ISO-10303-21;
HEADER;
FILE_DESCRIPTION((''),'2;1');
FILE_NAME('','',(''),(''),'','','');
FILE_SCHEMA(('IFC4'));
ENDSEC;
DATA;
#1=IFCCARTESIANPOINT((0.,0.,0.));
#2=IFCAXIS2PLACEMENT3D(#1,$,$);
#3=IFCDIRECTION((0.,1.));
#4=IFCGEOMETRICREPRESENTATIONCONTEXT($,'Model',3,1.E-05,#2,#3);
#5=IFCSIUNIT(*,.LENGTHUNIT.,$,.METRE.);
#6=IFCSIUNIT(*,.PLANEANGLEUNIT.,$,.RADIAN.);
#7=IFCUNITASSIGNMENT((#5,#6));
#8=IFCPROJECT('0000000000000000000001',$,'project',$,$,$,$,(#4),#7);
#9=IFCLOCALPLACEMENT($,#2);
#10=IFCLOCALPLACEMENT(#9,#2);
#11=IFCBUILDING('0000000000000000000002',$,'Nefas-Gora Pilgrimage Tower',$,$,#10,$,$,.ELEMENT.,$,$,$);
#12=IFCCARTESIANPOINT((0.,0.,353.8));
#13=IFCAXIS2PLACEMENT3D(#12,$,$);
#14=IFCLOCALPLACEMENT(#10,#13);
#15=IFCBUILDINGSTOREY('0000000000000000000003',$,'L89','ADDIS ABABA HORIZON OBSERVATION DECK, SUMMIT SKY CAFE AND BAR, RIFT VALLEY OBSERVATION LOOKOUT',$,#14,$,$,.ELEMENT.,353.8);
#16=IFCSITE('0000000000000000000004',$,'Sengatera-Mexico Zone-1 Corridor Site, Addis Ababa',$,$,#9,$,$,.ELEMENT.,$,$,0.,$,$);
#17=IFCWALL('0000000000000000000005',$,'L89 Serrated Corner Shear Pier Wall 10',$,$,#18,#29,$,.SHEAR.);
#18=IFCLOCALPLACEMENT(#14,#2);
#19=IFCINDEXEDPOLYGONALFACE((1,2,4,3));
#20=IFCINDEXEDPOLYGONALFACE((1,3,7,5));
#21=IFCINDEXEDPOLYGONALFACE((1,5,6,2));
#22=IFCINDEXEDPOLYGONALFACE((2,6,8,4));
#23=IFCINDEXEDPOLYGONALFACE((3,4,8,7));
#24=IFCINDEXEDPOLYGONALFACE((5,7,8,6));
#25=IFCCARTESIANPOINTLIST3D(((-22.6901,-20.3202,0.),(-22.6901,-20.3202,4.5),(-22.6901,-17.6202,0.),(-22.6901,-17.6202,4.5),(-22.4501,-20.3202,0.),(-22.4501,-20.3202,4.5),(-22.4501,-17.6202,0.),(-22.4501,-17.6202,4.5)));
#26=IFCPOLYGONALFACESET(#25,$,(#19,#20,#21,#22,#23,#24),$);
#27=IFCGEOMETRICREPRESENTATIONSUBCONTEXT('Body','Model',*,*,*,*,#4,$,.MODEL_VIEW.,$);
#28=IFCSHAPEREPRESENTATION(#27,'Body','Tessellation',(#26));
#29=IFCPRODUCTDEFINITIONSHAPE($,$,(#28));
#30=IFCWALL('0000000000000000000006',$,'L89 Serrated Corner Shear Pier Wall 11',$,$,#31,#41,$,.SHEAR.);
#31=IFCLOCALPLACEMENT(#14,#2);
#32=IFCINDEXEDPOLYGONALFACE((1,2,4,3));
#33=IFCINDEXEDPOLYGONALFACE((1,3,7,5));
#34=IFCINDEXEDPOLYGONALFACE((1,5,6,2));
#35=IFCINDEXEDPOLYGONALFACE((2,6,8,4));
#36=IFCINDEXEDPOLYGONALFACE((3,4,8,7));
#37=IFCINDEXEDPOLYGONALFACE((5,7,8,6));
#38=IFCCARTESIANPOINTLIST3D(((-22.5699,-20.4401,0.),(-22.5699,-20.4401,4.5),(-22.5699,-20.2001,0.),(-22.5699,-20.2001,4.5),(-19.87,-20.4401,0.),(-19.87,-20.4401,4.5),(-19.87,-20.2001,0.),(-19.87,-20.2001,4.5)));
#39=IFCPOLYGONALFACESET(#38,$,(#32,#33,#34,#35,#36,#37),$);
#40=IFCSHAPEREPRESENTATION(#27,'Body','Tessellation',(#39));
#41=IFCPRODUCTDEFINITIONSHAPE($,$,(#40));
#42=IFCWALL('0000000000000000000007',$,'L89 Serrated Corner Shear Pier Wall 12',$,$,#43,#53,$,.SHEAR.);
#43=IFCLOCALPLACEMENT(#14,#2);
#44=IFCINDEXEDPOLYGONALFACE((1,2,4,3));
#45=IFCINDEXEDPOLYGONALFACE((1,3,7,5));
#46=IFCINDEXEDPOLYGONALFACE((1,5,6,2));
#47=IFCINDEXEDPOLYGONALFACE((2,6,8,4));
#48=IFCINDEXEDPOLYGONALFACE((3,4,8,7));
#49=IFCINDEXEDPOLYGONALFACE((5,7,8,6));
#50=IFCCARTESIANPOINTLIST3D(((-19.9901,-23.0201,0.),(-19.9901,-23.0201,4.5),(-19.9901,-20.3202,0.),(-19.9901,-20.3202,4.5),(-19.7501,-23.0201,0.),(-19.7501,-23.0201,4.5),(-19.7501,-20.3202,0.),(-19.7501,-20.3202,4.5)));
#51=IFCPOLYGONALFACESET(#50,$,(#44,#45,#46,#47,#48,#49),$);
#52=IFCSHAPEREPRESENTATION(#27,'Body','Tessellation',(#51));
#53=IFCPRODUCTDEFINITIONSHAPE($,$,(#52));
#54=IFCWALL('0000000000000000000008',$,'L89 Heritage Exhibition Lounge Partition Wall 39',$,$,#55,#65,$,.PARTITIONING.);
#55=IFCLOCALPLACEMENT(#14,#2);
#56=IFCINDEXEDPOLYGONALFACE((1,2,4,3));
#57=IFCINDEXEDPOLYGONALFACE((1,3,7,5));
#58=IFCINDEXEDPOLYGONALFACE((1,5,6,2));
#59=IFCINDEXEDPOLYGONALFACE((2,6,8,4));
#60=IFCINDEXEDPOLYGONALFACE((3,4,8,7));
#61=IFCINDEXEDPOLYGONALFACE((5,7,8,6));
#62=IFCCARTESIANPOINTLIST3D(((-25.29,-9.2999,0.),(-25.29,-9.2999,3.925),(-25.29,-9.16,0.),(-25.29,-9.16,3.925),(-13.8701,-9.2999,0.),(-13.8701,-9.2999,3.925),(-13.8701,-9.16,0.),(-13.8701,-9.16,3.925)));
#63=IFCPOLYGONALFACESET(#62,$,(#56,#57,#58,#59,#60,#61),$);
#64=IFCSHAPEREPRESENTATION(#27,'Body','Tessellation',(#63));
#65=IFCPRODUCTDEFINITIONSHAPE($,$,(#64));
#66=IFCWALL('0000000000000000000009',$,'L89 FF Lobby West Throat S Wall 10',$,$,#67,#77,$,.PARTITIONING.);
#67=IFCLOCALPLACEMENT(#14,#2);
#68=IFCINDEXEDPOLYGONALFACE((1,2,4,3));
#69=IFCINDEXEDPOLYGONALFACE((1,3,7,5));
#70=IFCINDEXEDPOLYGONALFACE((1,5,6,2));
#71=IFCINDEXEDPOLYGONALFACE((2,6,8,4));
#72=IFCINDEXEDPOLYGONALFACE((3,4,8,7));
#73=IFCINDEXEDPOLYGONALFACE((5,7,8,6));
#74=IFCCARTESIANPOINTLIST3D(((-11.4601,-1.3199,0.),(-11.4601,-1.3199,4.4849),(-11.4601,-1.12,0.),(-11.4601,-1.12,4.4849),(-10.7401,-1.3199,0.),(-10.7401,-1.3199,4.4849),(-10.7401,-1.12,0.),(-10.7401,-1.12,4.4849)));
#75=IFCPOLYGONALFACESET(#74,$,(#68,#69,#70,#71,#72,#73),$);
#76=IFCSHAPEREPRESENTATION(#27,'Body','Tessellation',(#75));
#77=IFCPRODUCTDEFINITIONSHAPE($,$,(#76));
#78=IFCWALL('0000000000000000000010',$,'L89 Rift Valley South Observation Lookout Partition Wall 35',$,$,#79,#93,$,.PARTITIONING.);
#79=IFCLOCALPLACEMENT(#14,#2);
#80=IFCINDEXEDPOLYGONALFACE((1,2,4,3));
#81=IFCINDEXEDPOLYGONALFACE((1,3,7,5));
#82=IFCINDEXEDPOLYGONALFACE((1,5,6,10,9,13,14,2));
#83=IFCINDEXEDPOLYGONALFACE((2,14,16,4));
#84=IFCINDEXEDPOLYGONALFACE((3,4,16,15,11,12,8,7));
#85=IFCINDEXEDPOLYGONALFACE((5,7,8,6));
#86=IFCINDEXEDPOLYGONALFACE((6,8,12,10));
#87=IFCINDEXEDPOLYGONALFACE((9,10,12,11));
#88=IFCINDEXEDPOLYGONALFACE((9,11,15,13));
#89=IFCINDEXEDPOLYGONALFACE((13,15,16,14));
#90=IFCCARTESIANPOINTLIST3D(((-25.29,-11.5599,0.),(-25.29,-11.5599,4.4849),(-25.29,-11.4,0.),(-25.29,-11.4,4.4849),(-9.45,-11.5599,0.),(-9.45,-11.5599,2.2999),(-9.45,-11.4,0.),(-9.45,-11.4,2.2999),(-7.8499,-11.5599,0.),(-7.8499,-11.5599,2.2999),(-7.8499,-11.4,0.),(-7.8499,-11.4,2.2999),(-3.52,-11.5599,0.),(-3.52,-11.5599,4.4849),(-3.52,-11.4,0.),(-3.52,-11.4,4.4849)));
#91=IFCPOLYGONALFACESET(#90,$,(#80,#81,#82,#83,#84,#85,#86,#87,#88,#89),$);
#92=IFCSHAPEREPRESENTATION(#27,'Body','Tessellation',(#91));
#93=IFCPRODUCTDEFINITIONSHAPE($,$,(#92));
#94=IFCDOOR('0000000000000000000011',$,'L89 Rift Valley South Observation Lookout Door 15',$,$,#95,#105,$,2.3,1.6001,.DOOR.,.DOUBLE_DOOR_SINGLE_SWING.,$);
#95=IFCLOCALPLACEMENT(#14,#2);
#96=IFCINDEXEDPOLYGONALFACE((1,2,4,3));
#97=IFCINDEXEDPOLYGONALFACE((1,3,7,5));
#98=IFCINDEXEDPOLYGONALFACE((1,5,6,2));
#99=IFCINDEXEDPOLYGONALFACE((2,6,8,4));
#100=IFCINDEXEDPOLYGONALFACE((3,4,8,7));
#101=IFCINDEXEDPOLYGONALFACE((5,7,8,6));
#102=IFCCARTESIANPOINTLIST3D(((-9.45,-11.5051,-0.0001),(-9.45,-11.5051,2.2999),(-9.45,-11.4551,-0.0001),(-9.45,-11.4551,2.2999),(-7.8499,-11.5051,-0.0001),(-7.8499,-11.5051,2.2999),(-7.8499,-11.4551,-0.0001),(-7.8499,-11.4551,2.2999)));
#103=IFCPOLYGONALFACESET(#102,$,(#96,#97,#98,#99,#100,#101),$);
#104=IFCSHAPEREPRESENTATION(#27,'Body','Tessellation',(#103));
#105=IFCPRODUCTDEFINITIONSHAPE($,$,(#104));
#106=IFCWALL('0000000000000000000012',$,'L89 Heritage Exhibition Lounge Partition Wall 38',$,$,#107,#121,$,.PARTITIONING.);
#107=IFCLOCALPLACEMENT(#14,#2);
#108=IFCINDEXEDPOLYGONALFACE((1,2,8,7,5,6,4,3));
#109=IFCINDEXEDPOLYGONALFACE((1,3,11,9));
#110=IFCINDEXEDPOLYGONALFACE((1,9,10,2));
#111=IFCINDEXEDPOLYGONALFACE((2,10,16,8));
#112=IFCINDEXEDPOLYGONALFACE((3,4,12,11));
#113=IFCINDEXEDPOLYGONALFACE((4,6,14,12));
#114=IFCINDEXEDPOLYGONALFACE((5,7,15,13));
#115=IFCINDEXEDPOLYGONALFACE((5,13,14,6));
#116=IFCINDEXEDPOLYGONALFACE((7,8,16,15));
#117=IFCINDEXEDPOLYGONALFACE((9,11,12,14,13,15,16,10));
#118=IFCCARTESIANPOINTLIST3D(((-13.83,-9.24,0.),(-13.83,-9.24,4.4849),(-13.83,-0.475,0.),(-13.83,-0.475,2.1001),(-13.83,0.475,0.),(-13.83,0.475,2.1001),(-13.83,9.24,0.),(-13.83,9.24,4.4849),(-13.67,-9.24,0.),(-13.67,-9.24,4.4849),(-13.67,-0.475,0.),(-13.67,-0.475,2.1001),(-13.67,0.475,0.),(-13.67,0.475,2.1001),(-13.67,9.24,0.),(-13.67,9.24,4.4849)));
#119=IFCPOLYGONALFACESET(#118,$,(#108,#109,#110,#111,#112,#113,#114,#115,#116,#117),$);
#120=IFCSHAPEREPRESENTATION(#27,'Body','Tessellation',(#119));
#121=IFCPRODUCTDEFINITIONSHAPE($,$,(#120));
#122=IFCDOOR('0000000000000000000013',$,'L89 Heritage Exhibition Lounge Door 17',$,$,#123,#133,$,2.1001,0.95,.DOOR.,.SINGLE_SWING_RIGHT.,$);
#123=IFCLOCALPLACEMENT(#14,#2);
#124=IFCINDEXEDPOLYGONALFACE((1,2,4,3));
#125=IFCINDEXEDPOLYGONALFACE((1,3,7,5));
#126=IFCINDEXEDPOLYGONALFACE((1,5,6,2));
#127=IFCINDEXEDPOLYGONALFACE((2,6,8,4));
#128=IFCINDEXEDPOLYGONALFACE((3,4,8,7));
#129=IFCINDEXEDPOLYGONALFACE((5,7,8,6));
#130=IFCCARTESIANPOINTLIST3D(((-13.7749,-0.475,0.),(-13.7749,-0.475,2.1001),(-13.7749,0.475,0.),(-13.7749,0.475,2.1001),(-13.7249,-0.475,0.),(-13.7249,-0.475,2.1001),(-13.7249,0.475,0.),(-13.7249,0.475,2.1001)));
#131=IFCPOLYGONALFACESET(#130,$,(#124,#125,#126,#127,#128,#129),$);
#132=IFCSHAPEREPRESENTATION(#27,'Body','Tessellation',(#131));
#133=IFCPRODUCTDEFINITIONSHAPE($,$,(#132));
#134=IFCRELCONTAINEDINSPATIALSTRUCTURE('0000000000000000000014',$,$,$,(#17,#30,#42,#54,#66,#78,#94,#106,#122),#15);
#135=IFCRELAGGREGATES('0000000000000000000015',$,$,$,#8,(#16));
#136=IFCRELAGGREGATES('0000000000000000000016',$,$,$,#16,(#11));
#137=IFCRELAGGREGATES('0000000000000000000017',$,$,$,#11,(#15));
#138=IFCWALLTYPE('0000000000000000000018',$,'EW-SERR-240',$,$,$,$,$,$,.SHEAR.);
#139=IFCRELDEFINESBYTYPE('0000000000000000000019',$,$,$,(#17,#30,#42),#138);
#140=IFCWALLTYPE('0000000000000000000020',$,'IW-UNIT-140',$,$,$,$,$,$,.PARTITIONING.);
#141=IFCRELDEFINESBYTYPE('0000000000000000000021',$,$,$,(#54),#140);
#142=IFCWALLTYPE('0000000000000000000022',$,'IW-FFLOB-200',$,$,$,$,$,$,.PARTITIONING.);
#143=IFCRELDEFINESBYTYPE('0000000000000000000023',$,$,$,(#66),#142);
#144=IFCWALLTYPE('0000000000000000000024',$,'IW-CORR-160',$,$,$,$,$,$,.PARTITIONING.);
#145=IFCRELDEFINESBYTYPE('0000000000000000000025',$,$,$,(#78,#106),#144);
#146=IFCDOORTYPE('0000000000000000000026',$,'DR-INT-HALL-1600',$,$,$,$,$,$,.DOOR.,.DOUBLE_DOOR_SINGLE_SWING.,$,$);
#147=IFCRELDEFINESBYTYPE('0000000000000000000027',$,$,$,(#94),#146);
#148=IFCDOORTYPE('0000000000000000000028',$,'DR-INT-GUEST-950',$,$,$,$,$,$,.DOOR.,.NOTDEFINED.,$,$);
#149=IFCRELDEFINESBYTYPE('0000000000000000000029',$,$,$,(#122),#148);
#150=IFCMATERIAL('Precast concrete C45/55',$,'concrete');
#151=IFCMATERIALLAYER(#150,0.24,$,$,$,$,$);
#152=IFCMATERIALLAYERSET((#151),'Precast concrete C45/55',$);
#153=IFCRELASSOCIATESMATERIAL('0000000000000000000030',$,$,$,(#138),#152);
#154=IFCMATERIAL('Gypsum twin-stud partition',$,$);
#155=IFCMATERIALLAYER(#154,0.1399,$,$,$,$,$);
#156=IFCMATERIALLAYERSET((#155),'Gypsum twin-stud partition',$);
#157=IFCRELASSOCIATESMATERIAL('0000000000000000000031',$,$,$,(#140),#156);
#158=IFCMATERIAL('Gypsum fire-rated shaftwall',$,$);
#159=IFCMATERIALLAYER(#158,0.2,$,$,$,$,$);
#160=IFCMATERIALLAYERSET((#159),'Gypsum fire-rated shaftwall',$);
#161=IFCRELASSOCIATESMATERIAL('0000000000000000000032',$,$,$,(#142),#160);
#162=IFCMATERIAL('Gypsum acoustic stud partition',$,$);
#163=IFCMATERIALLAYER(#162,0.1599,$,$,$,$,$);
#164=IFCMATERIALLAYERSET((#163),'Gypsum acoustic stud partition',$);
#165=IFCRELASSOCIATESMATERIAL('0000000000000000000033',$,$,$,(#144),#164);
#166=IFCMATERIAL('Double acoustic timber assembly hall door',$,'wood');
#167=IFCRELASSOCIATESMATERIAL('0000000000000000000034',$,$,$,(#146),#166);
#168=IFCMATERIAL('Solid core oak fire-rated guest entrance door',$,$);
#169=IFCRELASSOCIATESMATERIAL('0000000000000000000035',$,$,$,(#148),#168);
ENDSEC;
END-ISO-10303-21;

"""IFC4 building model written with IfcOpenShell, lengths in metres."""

from ifc_helpers import new_model, si_unit, direction, frame, frame_2d, origin, place, context, subcontext, project, spatial, rectangle, extrude, source, transform, mapped, material, layer, layer_set, type_object, element, fill, save


model = new_model("IFC4")

# Units and contexts
model_context = context("Model", 3, precision=1e-05, world=origin(), true_north=direction((0.0, 1.0)))
body_context = subcontext(model_context, "Body", "Model", "MODEL_VIEW")
ifc_project = project(units=[si_unit("LENGTHUNIT", "METRE"), si_unit("PLANEANGLEUNIT", "RADIAN")], contexts=[model_context])

# Site, building, storey
site_placement = place(None, origin())
site = spatial("IfcSite", under=ifc_project, at=site_placement, Name="Sengatera-Mexico Zone-1 Corridor Site, Addis Ababa", CompositionType="ELEMENT", RefElevation=0.0)
building_placement = place(site_placement, origin())
building = spatial("IfcBuilding", under=site, at=building_placement, Name="Nefas-Gora Pilgrimage Tower", CompositionType="ELEMENT")
storey_placement = place(building_placement, frame((0.0, 0.0, 353.8)))
storey = spatial("IfcBuildingStorey", under=building, at=storey_placement, Name="L89", Description="ADDIS ABABA HORIZON OBSERVATION DECK, SUMMIT SKY CAFE AND BAR, RIFT VALLEY OBSERVATION LOOKOUT", CompositionType="ELEMENT", Elevation=353.8)

# Shared definitions
ifc_material_1 = material(Name="Precast concrete C45/55", Category="concrete")
ifc_layer_1 = layer(ifc_material_1, 0.24)
ifc_layer_set_1 = layer_set([ifc_layer_1], Name="Precast concrete C45/55")
wall_type_1 = type_object("IfcWallType", Name="EW-SERR-240", PredefinedType="SHEAR", material=ifc_layer_set_1)
shared_shape_1 = source(origin(), body_context, "Body", "SweptSolid", [
    extrude(rectangle(XDim=2.7, YDim=0.24, at=frame_2d((1.3501, 0.0))), origin(), (0.0, 0.0, 1.0), 4.5),
])

# Walls
for number, where, z_axis, x_axis, name in (
    (1, (-22.5701, -17.6201, 0.0), (0.0, 0.0, 1.0), (0.0, -1.0, 0.0), "L89 Serrated Corner Shear Pier Wall 10"),
    (2, (-22.5701, -20.3201, 0.0), (0.0, 0.0, 1.0), (1.0, 0.0, 0.0), "L89 Serrated Corner Shear Pier Wall 11"),
    (3, (-19.8701, -20.3201, 0.0), (0.0, 0.0, 1.0), (0.0, -1.0, 0.0), "L89 Serrated Corner Shear Pier Wall 12"),
):
    element("IfcWall", number, at=place(storey_placement, frame(where, z_axis=z_axis, x_axis=x_axis)), inside=storey, type_object=wall_type_1, Name=name, PredefinedType="SHEAR", context=body_context, shape_type="MappedRepresentation", body=[
        mapped(shared_shape_1, transform((0.0, 0.0, 0.0), x_axis=(1.0, 0.0, 0.0), y_axis=(0.0, 1.0, 0.0), z_axis=(0.0, 0.0, 1.0), scale=1.0)),
    ])
ifc_material_2 = material(Name="Gypsum twin-stud partition")
ifc_layer_2 = layer(ifc_material_2, 0.1399)
ifc_layer_set_2 = layer_set([ifc_layer_2], Name="Gypsum twin-stud partition")
wall_type_2 = type_object("IfcWallType", Name="IW-UNIT-140", PredefinedType="PARTITIONING", material=ifc_layer_set_2)
shared_shape_2 = source(origin(), body_context, "Body", "SweptSolid", [
    extrude(rectangle(XDim=11.4199, YDim=0.1399, at=frame_2d((5.71, 0.0))), origin(), (0.0, 0.0, 1.0), 3.925),
])
wall_1_placement = place(storey_placement, frame((-25.29, -9.23, 0.0), z_axis=(0.0, 0.0, 1.0), x_axis=(1.0, 0.0, 0.0)))
element("IfcWall", 4, at=wall_1_placement, inside=storey, type_object=wall_type_2, Name="L89 Heritage Exhibition Lounge Partition Wall 39", PredefinedType="PARTITIONING", context=body_context, shape_type="MappedRepresentation", body=[
    mapped(shared_shape_2, transform((0.0, 0.0, 0.0), x_axis=(1.0, 0.0, 0.0), y_axis=(0.0, 1.0, 0.0), z_axis=(0.0, 0.0, 1.0), scale=1.0)),
])

# Shared definitions
ifc_material_3 = material(Name="Gypsum fire-rated shaftwall")
ifc_layer_3 = layer(ifc_material_3, 0.2)
ifc_layer_set_3 = layer_set([ifc_layer_3], Name="Gypsum fire-rated shaftwall")
wall_type_3 = type_object("IfcWallType", Name="IW-FFLOB-200", PredefinedType="PARTITIONING", material=ifc_layer_set_3)

# Wall
shared_shape_3 = source(origin(), body_context, "Body", "SweptSolid", [
    extrude(rectangle(XDim=0.72, YDim=0.2, at=frame_2d((0.3599, 0.0))), origin(), (0.0, 0.0, 1.0), 4.4849),
])
wall_2_placement = place(storey_placement, frame((-11.46, -1.22, 0.0), z_axis=(0.0, 0.0, 1.0), x_axis=(1.0, 0.0, 0.0)))
element("IfcWall", 5, at=wall_2_placement, inside=storey, type_object=wall_type_3, Name="L89 FF Lobby West Throat S Wall 10", PredefinedType="PARTITIONING", context=body_context, shape_type="MappedRepresentation", body=[
    mapped(shared_shape_3, transform((0.0, 0.0, 0.0), x_axis=(1.0, 0.0, 0.0), y_axis=(0.0, 1.0, 0.0), z_axis=(0.0, 0.0, 1.0), scale=1.0)),
])

# Walls, openings, doors
ifc_material_4 = material(Name="Gypsum acoustic stud partition")
ifc_layer_4 = layer(ifc_material_4, 0.1599)
ifc_layer_set_4 = layer_set([ifc_layer_4], Name="Gypsum acoustic stud partition")
wall_type_4 = type_object("IfcWallType", Name="IW-CORR-160", PredefinedType="PARTITIONING", material=ifc_layer_set_4)
shared_shape_4 = source(origin(), body_context, "Body", "SweptSolid", [
    extrude(rectangle(XDim=21.77, YDim=0.1599, at=frame_2d((10.885, 0.0))), origin(), (0.0, 0.0, 1.0), 4.4849),
])
wall_3_placement = place(storey_placement, frame((-25.29, -11.48, 0.0), z_axis=(0.0, 0.0, 1.0), x_axis=(1.0, 0.0, 0.0)))
wall_3 = element("IfcWall", 6, at=wall_3_placement, inside=storey, type_object=wall_type_4, Name="L89 Rift Valley South Observation Lookout Partition Wall 35", PredefinedType="PARTITIONING", context=body_context, shape_type="MappedRepresentation", body=[
    mapped(shared_shape_4, transform((0.0, 0.0, 0.0), x_axis=(1.0, 0.0, 0.0), y_axis=(0.0, 1.0, 0.0), z_axis=(0.0, 0.0, 1.0), scale=1.0)),
])
opening_1_placement = place(wall_3_placement, frame((15.8401, 0.0, 0.0)))
opening_1 = element("IfcOpeningElement", 7, at=opening_1_placement, cuts=wall_3, PredefinedType="OPENING", context=body_context, shape_type="SweptSolid", body=[
    extrude(rectangle(XDim=1.6001, YDim=2.3, at=frame_2d((0.8, 1.1499))), frame((0.0, 0.0898, 0.0), z_axis=(0.0, -1.0, 0.0), x_axis=(1.0, 0.0, 0.0)), (0.0, 0.0, 1.0), 0.1799),
])
ifc_material_5 = material(Name="Double acoustic timber assembly hall door", Category="wood")
door_type_1 = type_object("IfcDoorType", Name="DR-INT-HALL-1600", OperationType="DOUBLE_DOOR_SINGLE_SWING", PredefinedType="DOOR", material=ifc_material_5)
shared_shape_5 = source(origin(), body_context, "Body", "SweptSolid", [
    extrude(rectangle(XDim=1.6001, YDim=2.3, at=frame_2d((0.8, 1.1499))), frame((0.0, 0.0249, 0.0), z_axis=(0.0, -1.0, 0.0), x_axis=(1.0, 0.0, 0.0)), (0.0, 0.0, 1.0), 0.05),
])
door_1_placement = place(opening_1_placement, origin())
door_1 = element("IfcDoor", 8, at=door_1_placement, inside=storey, type_object=door_type_1, Name="L89 Rift Valley South Observation Lookout Door 15", OperationType="DOUBLE_DOOR_SINGLE_SWING", OverallHeight=2.3, OverallWidth=1.6001, PredefinedType="DOOR", context=body_context, shape_type="MappedRepresentation", body=[
    mapped(shared_shape_5, transform((0.0, 0.0, 0.0), x_axis=(1.0, 0.0, 0.0), y_axis=(0.0, 1.0, 0.0), z_axis=(0.0, 0.0, 1.0), scale=1.0)),
])
fill(opening_1, door_1)
shared_shape_6 = source(origin(), body_context, "Body", "SweptSolid", [
    extrude(rectangle(XDim=18.48, YDim=0.1599, at=frame_2d((9.24, 0.0))), origin(), (0.0, 0.0, 1.0), 4.4849),
])
wall_4_placement = place(storey_placement, frame((-13.75, -9.24, 0.0), z_axis=(0.0, 0.0, 1.0), x_axis=(0.0, 1.0, 0.0)))
wall_4 = element("IfcWall", 9, at=wall_4_placement, inside=storey, type_object=wall_type_4, Name="L89 Heritage Exhibition Lounge Partition Wall 38", PredefinedType="PARTITIONING", context=body_context, shape_type="MappedRepresentation", body=[
    mapped(shared_shape_6, transform((0.0, 0.0, 0.0), x_axis=(1.0, 0.0, 0.0), y_axis=(0.0, 1.0, 0.0), z_axis=(0.0, 0.0, 1.0), scale=1.0)),
])
opening_2_placement = place(wall_4_placement, frame((8.7649, 0.0, 0.0)))
opening_2 = element("IfcOpeningElement", 10, at=opening_2_placement, cuts=wall_4, PredefinedType="OPENING", context=body_context, shape_type="SweptSolid", body=[
    extrude(rectangle(XDim=0.95, YDim=2.1001, at=frame_2d((0.4751, 1.05))), frame((0.0, 0.0898, 0.0), z_axis=(0.0, -1.0, 0.0), x_axis=(1.0, 0.0, 0.0)), (0.0, 0.0, 1.0), 0.1799),
])
ifc_material_6 = material(Name="Solid core oak fire-rated guest entrance door")
door_type_2 = type_object("IfcDoorType", Name="DR-INT-GUEST-950", OperationType="NOTDEFINED", PredefinedType="DOOR", material=ifc_material_6)
shared_shape_7 = source(origin(), body_context, "Body", "SweptSolid", [
    extrude(rectangle(XDim=0.95, YDim=2.1001, at=frame_2d((0.4751, 1.05))), frame((0.0, 0.0249, 0.0), z_axis=(0.0, -1.0, 0.0), x_axis=(1.0, 0.0, 0.0)), (0.0, 0.0, 1.0), 0.05),
])
door_2_placement = place(opening_2_placement, origin())
door_2 = element("IfcDoor", 11, at=door_2_placement, inside=storey, type_object=door_type_2, Name="L89 Heritage Exhibition Lounge Door 17", OperationType="SINGLE_SWING_RIGHT", OverallHeight=2.1001, OverallWidth=0.95, PredefinedType="DOOR", context=body_context, shape_type="MappedRepresentation", body=[
    mapped(shared_shape_7, transform((0.0, 0.0, 0.0), x_axis=(1.0, 0.0, 0.0), y_axis=(0.0, 1.0, 0.0), z_axis=(0.0, 0.0, 1.0), scale=1.0)),
])
fill(opening_2, door_2)

save(model, "model.ifc")
